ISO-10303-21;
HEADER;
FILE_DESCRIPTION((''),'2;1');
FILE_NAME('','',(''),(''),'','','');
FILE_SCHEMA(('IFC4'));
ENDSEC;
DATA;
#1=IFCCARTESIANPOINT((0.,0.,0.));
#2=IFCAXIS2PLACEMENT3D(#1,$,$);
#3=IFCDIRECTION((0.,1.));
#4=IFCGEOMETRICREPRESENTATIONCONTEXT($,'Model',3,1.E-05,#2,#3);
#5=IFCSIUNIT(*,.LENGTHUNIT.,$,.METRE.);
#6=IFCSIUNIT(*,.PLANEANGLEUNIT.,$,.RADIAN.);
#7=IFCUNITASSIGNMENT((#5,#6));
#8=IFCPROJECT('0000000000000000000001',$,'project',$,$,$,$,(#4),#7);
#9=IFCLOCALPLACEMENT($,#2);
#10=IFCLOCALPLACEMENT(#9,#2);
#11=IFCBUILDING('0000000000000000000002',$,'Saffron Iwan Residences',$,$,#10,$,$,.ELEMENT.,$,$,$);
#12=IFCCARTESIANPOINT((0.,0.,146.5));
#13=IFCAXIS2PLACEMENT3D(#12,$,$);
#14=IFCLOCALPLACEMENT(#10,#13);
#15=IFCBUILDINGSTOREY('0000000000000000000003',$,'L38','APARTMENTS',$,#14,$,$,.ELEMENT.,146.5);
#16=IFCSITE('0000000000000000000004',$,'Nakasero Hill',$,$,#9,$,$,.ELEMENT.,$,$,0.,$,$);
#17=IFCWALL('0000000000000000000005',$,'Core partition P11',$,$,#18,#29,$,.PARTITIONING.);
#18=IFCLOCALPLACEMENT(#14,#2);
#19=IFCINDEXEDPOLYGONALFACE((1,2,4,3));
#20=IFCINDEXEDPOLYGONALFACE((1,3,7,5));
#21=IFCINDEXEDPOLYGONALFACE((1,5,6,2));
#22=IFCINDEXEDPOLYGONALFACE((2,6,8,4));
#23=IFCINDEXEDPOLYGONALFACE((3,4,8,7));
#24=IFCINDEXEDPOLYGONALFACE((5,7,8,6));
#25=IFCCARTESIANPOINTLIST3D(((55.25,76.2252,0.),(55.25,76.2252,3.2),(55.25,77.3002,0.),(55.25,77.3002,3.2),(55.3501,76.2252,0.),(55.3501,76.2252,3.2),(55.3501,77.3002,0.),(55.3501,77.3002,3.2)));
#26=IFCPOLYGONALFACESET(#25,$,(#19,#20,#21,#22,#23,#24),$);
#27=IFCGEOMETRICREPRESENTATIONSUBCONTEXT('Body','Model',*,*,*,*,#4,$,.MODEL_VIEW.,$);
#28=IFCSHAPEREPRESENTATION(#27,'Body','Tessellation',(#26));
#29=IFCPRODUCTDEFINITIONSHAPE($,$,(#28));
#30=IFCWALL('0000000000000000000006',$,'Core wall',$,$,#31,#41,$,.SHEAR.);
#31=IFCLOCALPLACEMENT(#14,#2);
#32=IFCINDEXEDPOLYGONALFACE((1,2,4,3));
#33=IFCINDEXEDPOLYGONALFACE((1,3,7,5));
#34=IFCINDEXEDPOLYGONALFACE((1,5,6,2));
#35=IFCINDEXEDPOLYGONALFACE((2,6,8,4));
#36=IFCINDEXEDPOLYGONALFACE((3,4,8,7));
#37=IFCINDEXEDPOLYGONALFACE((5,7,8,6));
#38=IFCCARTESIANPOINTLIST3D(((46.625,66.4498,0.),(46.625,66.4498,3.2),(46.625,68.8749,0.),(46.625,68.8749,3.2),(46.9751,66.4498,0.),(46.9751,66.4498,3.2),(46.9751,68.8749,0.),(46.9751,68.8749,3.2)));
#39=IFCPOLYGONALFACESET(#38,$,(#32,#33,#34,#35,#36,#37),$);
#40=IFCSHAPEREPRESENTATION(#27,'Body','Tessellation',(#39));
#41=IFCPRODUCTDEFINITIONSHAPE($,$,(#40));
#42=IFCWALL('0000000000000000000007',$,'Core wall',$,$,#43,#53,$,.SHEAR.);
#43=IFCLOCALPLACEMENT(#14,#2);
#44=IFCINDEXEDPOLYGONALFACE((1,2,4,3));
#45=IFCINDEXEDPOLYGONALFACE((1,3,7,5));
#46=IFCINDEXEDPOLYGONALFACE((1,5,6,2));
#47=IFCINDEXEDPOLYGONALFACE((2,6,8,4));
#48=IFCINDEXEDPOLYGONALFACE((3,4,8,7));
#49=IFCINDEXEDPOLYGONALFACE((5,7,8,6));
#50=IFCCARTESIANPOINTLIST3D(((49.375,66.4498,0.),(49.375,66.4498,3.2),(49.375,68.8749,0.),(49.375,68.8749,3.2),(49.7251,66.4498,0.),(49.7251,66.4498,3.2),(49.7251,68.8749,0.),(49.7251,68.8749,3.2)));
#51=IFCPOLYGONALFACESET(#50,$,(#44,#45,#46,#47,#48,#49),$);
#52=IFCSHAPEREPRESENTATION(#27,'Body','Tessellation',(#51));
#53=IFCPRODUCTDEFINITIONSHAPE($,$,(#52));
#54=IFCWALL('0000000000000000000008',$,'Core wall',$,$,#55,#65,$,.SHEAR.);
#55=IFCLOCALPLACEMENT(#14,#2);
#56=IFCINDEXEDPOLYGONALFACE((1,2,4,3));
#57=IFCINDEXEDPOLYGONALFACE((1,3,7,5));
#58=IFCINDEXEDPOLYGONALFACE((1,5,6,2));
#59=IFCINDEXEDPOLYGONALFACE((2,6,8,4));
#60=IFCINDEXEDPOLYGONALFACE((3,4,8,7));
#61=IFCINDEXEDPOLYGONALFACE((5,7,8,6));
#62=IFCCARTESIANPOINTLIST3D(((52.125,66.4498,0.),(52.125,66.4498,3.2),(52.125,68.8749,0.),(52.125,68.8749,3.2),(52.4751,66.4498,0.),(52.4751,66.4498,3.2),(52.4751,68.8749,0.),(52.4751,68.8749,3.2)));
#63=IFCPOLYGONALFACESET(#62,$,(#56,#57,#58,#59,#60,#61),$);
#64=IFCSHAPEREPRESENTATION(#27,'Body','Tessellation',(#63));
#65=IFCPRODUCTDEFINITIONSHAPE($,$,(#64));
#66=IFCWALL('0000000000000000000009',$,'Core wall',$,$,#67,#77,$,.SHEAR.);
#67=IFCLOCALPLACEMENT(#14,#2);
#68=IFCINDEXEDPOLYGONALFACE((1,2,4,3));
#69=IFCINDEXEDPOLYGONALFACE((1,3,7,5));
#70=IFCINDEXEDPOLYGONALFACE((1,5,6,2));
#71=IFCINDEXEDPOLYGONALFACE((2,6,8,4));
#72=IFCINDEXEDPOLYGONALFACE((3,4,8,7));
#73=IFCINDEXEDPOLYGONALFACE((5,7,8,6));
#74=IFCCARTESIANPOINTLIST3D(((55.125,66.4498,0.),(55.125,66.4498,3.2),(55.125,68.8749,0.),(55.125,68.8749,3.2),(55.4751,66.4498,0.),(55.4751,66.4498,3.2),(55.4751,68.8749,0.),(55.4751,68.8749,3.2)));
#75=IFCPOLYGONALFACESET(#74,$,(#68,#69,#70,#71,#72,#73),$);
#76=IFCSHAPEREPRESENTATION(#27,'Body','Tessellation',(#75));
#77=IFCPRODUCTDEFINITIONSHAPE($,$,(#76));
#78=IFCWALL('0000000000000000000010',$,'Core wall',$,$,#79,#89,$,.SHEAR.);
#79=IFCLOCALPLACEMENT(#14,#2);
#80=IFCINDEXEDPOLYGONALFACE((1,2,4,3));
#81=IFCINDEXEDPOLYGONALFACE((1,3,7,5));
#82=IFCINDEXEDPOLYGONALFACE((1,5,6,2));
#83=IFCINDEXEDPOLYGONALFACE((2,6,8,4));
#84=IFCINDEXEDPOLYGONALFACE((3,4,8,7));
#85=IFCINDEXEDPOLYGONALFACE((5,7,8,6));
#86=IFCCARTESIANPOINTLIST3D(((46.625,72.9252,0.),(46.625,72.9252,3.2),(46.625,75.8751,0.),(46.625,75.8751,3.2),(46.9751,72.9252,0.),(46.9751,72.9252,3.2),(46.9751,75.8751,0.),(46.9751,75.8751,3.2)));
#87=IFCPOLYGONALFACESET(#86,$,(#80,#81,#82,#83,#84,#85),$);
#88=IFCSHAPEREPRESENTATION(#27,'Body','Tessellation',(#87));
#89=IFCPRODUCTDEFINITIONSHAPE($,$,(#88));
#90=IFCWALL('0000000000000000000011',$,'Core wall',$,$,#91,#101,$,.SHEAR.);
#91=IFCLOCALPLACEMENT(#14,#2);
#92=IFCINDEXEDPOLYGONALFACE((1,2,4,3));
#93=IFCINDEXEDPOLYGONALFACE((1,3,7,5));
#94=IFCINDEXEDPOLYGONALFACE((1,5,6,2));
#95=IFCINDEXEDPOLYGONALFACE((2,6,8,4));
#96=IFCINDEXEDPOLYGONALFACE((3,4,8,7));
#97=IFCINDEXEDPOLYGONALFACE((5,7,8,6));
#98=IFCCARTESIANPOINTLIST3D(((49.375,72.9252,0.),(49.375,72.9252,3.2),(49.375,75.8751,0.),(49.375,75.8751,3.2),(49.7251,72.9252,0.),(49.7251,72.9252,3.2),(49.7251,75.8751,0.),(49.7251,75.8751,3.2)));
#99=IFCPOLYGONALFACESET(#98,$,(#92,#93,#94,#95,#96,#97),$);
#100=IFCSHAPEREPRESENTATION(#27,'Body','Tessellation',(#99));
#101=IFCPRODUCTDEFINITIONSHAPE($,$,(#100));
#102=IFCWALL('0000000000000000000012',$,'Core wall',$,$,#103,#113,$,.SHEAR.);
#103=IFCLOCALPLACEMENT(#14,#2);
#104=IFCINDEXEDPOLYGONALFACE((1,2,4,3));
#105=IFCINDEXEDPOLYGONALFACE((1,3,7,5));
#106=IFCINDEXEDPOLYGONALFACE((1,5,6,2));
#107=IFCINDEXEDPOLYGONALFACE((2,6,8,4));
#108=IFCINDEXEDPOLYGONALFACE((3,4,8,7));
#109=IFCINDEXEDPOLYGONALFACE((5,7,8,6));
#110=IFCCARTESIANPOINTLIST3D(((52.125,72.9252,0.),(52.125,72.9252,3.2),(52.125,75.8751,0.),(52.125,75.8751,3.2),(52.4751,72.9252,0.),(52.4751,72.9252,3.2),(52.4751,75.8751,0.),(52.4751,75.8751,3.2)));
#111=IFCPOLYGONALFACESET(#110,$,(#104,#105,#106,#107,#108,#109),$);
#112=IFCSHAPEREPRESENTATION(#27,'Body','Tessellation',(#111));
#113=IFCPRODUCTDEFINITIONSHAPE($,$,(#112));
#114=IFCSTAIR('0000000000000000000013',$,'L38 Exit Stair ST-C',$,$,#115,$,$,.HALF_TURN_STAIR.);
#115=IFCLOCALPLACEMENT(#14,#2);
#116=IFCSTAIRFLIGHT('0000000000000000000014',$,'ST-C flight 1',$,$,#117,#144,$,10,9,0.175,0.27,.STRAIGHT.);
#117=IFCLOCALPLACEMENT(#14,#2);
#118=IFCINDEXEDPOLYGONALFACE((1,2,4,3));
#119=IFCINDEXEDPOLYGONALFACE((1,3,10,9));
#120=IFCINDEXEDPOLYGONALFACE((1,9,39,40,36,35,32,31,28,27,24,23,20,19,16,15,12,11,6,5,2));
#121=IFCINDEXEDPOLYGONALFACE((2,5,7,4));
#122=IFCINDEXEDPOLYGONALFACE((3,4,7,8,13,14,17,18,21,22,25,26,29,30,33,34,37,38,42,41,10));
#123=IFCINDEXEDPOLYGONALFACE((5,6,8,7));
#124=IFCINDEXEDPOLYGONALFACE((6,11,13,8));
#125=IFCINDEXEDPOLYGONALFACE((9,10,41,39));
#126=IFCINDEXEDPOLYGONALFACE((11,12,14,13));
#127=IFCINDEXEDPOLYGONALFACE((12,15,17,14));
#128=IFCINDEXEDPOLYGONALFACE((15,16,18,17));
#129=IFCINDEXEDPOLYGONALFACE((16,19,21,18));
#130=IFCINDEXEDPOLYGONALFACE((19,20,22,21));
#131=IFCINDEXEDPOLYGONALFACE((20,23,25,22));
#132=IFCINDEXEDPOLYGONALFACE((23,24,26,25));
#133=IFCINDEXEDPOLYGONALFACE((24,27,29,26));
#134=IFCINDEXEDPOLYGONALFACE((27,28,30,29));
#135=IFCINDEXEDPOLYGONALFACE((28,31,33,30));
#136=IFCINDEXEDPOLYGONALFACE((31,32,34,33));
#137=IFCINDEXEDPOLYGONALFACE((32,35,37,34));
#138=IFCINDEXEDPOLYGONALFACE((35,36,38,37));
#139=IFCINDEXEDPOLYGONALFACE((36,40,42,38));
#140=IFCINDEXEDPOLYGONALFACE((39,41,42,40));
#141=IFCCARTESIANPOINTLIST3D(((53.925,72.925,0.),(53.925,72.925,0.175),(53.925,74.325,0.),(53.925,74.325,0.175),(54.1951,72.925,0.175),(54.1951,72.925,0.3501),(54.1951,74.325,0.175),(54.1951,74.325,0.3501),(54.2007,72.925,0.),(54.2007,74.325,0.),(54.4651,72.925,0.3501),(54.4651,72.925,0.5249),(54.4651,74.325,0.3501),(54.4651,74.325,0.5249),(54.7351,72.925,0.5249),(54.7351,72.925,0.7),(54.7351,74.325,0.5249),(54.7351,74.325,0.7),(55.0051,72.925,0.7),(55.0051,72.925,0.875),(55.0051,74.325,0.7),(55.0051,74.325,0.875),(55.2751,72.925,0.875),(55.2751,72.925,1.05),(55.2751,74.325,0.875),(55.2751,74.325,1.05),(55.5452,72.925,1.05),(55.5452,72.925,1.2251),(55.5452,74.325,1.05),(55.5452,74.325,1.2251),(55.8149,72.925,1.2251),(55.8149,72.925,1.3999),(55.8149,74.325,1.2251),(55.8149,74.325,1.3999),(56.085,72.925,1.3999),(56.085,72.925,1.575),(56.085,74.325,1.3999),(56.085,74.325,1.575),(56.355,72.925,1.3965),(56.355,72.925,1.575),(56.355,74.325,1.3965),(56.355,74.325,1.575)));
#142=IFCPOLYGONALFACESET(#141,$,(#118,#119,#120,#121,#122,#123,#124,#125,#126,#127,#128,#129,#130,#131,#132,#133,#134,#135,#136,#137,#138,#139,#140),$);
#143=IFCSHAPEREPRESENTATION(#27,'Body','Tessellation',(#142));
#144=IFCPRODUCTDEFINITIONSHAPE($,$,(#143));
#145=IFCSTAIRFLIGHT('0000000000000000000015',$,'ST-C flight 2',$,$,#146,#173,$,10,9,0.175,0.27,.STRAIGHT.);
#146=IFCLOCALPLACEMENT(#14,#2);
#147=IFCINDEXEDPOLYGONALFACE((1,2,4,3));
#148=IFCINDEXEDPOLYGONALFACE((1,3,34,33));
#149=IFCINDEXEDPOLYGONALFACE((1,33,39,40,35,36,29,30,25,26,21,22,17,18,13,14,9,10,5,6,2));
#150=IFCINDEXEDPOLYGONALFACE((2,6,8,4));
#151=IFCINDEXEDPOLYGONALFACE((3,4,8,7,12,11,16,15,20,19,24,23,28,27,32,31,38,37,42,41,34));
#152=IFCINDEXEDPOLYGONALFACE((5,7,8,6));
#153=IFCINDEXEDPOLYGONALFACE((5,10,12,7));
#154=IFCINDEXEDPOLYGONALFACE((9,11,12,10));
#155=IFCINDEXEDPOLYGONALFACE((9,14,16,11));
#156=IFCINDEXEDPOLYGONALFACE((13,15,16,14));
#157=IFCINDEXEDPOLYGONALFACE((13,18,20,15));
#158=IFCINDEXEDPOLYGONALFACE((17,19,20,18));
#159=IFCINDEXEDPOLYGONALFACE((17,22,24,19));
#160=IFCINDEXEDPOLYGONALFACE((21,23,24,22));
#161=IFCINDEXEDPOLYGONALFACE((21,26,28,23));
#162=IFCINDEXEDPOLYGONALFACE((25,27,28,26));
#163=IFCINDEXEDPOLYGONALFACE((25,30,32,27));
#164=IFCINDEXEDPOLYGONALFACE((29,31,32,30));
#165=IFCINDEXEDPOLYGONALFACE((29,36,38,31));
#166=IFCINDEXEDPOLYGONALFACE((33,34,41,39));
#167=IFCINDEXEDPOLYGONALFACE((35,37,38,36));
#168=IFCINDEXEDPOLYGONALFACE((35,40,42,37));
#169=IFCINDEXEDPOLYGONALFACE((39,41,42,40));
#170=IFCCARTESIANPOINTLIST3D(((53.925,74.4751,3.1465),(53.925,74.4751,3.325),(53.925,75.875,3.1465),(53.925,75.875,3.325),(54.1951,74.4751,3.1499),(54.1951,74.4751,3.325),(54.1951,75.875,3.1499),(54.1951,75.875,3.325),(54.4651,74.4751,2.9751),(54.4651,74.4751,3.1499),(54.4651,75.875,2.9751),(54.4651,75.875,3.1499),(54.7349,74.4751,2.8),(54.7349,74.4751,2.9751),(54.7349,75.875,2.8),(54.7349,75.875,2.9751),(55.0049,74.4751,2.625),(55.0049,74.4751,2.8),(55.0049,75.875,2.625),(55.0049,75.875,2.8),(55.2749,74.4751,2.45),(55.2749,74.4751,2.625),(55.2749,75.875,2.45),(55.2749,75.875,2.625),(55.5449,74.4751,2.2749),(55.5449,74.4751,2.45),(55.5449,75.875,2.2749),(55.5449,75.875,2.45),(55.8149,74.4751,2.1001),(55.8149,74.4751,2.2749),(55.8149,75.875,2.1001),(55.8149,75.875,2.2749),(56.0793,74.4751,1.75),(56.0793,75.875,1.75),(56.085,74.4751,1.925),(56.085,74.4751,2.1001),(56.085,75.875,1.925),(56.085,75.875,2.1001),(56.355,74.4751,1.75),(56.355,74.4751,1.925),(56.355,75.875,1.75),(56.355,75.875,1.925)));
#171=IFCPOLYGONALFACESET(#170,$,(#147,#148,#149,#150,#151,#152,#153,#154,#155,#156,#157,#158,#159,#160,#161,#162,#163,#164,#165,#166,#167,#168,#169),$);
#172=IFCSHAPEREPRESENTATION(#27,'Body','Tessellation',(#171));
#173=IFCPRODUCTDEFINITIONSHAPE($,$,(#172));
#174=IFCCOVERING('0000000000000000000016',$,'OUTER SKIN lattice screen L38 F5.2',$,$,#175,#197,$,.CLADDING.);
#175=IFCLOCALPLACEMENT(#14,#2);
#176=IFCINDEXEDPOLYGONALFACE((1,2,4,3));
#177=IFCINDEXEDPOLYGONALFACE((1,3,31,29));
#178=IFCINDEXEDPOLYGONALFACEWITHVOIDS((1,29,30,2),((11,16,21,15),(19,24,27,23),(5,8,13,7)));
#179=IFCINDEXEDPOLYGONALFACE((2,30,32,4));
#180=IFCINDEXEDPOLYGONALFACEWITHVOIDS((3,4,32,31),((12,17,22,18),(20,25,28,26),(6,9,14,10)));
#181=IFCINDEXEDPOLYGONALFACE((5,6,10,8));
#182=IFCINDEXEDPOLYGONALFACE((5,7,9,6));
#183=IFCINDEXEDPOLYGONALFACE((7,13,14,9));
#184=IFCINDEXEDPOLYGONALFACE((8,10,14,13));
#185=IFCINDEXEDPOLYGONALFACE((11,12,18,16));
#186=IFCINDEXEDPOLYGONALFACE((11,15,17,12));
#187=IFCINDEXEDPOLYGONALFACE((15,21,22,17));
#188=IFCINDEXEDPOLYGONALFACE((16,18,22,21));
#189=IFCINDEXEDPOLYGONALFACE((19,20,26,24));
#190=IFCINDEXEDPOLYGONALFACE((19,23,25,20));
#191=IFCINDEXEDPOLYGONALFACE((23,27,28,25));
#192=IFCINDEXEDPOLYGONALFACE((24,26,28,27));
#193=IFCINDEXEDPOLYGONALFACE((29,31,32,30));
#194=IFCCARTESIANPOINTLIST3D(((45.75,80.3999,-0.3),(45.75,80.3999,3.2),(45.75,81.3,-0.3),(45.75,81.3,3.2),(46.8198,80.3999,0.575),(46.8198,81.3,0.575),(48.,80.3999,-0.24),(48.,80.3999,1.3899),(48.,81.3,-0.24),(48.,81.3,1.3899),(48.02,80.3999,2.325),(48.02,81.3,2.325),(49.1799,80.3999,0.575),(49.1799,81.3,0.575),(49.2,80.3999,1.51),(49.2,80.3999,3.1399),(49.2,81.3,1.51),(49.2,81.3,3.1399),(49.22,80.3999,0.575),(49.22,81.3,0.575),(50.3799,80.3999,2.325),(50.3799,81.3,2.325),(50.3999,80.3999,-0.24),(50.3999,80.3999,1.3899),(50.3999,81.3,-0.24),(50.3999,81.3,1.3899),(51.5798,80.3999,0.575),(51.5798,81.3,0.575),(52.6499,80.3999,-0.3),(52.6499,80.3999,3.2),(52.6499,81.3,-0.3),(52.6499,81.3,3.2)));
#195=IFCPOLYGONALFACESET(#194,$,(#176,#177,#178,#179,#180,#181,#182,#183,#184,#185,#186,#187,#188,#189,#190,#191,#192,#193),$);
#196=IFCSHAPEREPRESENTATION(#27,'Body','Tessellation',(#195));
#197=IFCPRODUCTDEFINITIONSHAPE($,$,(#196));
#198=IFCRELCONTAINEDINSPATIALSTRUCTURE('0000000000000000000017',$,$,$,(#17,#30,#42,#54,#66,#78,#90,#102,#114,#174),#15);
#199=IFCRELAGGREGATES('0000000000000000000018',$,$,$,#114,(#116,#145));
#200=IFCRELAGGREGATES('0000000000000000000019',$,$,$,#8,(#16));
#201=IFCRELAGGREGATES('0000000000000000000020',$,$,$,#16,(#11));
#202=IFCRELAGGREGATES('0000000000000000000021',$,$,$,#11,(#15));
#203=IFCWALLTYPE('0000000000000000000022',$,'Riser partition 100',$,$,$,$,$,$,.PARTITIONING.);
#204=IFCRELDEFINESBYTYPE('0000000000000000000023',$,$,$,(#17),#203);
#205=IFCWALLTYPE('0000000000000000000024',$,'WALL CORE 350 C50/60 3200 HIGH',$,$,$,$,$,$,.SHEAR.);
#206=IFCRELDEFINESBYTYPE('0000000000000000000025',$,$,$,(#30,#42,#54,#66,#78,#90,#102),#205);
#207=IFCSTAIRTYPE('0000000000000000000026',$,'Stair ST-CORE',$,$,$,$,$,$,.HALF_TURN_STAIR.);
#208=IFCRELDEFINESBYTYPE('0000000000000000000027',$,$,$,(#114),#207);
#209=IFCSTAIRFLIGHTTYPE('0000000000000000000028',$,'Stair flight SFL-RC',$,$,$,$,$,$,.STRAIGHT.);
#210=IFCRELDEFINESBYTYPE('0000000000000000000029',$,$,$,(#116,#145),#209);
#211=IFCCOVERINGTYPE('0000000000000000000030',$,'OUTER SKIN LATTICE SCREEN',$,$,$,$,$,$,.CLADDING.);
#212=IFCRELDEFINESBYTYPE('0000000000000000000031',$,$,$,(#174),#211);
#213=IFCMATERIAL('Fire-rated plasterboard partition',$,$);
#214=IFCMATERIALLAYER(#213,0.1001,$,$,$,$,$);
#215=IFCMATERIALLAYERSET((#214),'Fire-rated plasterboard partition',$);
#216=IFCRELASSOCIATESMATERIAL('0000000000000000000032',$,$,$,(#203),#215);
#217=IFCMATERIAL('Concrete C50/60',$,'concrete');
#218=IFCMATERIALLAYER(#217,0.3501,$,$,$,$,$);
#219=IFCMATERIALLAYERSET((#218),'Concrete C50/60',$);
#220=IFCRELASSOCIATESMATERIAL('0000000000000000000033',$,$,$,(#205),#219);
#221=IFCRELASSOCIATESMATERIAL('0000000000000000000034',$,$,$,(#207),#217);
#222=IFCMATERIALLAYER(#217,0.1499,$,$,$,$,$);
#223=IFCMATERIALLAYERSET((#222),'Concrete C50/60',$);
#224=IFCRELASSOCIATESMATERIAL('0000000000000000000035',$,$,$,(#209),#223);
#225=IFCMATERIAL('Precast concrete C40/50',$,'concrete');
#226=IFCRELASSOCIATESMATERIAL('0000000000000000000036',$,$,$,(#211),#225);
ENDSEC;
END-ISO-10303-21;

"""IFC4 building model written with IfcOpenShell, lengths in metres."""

from ifc_helpers import new_model, si_unit, direction, frame, frame_2d, origin, place, context, subcontext, project, spatial, polyline, rectangle, outline, extrude, material, layer, layer_set, type_object, element, aggregate, save


model = new_model("IFC4")

# Units and contexts
model_context = context("Model", 3, precision=1e-05, world=origin(), true_north=direction((0.0, 1.0)))
body_context = subcontext(model_context, "Body", "Model", "MODEL_VIEW")
ifc_project = project(units=[si_unit("LENGTHUNIT", "METRE"), si_unit("PLANEANGLEUNIT", "RADIAN")], contexts=[model_context])

# Site, building, storey
site_placement = place(None, origin())
site = spatial("IfcSite", under=ifc_project, at=site_placement, Name="Nakasero Hill", CompositionType="ELEMENT", RefElevation=0.0)
building_placement = place(site_placement, origin())
building = spatial("IfcBuilding", under=site, at=building_placement, Name="Saffron Iwan Residences", CompositionType="ELEMENT")
storey_placement = place(building_placement, frame((0.0, 0.0, 146.5)))
storey = spatial("IfcBuildingStorey", under=building, at=storey_placement, Name="L38", Description="APARTMENTS", CompositionType="ELEMENT", Elevation=146.5)

# Shared definitions
ifc_material_1 = material(Name="Concrete C50/60", Category="concrete")

# Shared definitions
ifc_material_2 = material(Name="Fire-rated plasterboard partition")

# Walls
ifc_layer_1 = layer(ifc_material_2, 0.1001)
ifc_layer_set_1 = layer_set([ifc_layer_1], Name="Fire-rated plasterboard partition")
wall_type_1 = type_object("IfcWallType", Name="Riser partition 100", PredefinedType="PARTITIONING", material=ifc_layer_set_1)
for number, where, z_axis, x_axis, name in (
    (1, (55.3, 76.2251, 0.0), (0.0, 0.0, 1.0), (0.0, 1.0, 0.0), "Core partition P11"),
):
    element("IfcWall", number, at=place(storey_placement, frame(where, z_axis=z_axis, x_axis=x_axis)), inside=storey, type_object=wall_type_1, Name=name, PredefinedType="PARTITIONING", context=body_context, shape_type="SweptSolid", body=[
        extrude(rectangle(XDim=1.075, YDim=0.1001, at=frame_2d((0.5376, 0.0))), origin(), (0.0, 0.0, 1.0), 3.2),
    ])
ifc_layer_2 = layer(ifc_material_1, 0.3501)
ifc_layer_set_2 = layer_set([ifc_layer_2], Name="Concrete C50/60")
wall_type_2 = type_object("IfcWallType", Name="WALL CORE 350 C50/60 3200 HIGH", PredefinedType="SHEAR", material=ifc_layer_set_2)
for number, where, z_axis, x_axis, name in (
    (2, (46.8, 66.45, 0.0), (0.0, 0.0, 1.0), (0.0, 1.0, 0.0), "Core wall"),
    (3, (49.55, 66.45, 0.0), (0.0, 0.0, 1.0), (0.0, 1.0, 0.0), "Core wall"),
    (4, (52.3, 66.45, 0.0), (0.0, 0.0, 1.0), (0.0, 1.0, 0.0), "Core wall"),
    (5, (55.3, 66.45, 0.0), (0.0, 0.0, 1.0), (0.0, 1.0, 0.0), "Core wall"),
):
    element("IfcWall", number, at=place(storey_placement, frame(where, z_axis=z_axis, x_axis=x_axis)), inside=storey, type_object=wall_type_2, Name=name, PredefinedType="SHEAR", context=body_context, shape_type="SweptSolid", body=[
        extrude(rectangle(XDim=2.425, YDim=0.3501, at=frame_2d((1.2124, 0.0))), origin(), (0.0, 0.0, 1.0), 3.2),
    ])
for number, where, z_axis, x_axis, name in (
    (6, (46.8, 72.925, 0.0), (0.0, 0.0, 1.0), (0.0, 1.0, 0.0), "Core wall"),
    (7, (49.55, 72.925, 0.0), (0.0, 0.0, 1.0), (0.0, 1.0, 0.0), "Core wall"),
    (8, (52.3, 72.925, 0.0), (0.0, 0.0, 1.0), (0.0, 1.0, 0.0), "Core wall"),
):
    element("IfcWall", number, at=place(storey_placement, frame(where, z_axis=z_axis, x_axis=x_axis)), inside=storey, type_object=wall_type_2, Name=name, PredefinedType="SHEAR", context=body_context, shape_type="SweptSolid", body=[
        extrude(rectangle(XDim=2.95, YDim=0.3501, at=frame_2d((1.4751, 0.0))), origin(), (0.0, 0.0, 1.0), 3.2),
    ])

# Stair, stair flights
stair_type = type_object("IfcStairType", Name="Stair ST-CORE", PredefinedType="HALF_TURN_STAIR", material=ifc_material_1)
stair_placement = place(storey_placement, origin())
stair = element("IfcStair", 9, at=stair_placement, inside=storey, type_object=stair_type, Name="L38 Exit Stair ST-C", PredefinedType="HALF_TURN_STAIR")
ifc_layer_3 = layer(ifc_material_1, 0.1499)
ifc_layer_set_3 = layer_set([ifc_layer_3], Name="Concrete C50/60")
stair_flight_type = type_object("IfcStairFlightType", Name="Stair flight SFL-RC", PredefinedType="STRAIGHT", material=ifc_layer_set_3)
stair_flight_1_placement = place(storey_placement, frame((53.925, 73.625, 0.0), z_axis=(0.0, 0.0, 1.0), x_axis=(1.0, 0.0, 0.0)))
stair_flight_1 = element("IfcStairFlight", 10, at=stair_flight_1_placement, type_object=stair_flight_type, Name="ST-C flight 1", NumberOfRisers=10, NumberOfTreads=9, PredefinedType="STRAIGHT", RiserHeight=0.175, TreadLength=0.27, context=body_context, shape_type="SweptSolid", body=[
    extrude(outline(polyline([(0.0, 0.0), (0.0, 0.175), (0.27, 0.175), (0.27, 0.3501), (0.54, 0.3501), (0.54, 0.5249), (0.8101, 0.5249), (0.8101, 0.7), (1.0801, 0.7), (1.0801, 0.875), (1.3501, 0.875), (1.3501, 1.05), (1.6201, 1.05), (1.6201, 1.2251), (1.8899, 1.2251), (1.8899, 1.3999), (2.1599, 1.3999), (2.1599, 1.575), (2.4299, 1.575), (2.4299, 1.75), (2.4299, 1.3965), (0.2756, 0.0), (0.0, 0.0)])), frame((0.0, 0.7, 0.0), z_axis=(0.0, -1.0, 0.0), x_axis=(1.0, 0.0, 0.0)), (0.0, 0.0, 1.0), 1.3999),
])
stair_flight_2_placement = place(storey_placement, frame((56.355, 75.175, 1.75), z_axis=(0.0, 0.0, 1.0), x_axis=(-1.0, 0.0, 0.0)))
stair_flight_2 = element("IfcStairFlight", 11, at=stair_flight_2_placement, type_object=stair_flight_type, Name="ST-C flight 2", NumberOfRisers=10, NumberOfTreads=9, PredefinedType="STRAIGHT", RiserHeight=0.175, TreadLength=0.27, context=body_context, shape_type="SweptSolid", body=[
    extrude(outline(polyline([(0.0, 0.0), (0.0, 0.175), (0.27, 0.175), (0.27, 0.3501), (0.54, 0.3501), (0.54, 0.5249), (0.8101, 0.5249), (0.8101, 0.7), (1.0801, 0.7), (1.0801, 0.875), (1.3501, 0.875), (1.3501, 1.05), (1.6201, 1.05), (1.6201, 1.2251), (1.8899, 1.2251), (1.8899, 1.3999), (2.1599, 1.3999), (2.1599, 1.575), (2.4299, 1.575), (2.4299, 1.75), (2.4299, 1.3965), (0.2756, 0.0), (0.0, 0.0)])), frame((0.0, 0.7, 0.0), z_axis=(0.0, -1.0, 0.0), x_axis=(1.0, 0.0, 0.0)), (0.0, 0.0, 1.0), 1.3999),
])
aggregate(stair, [stair_flight_1, stair_flight_2])

# Covering
ifc_material_3 = material(Name="Precast concrete C40/50", Category="concrete")
covering_type_1 = type_object("IfcCoveringType", Name="OUTER SKIN LATTICE SCREEN", PredefinedType="CLADDING", material=ifc_material_3)
covering_1_placement = place(storey_placement, frame((52.6499, 80.3999, -0.3), z_axis=(0.0, 1.0, 0.0), x_axis=(-1.0, 0.0, 0.0)))
element("IfcCovering", 12, at=covering_1_placement, inside=storey, type_object=covering_type_1, Name="OUTER SKIN lattice screen L38 F5.2", PredefinedType="CLADDING", context=body_context, shape_type="SweptSolid", body=[
    extrude(outline(polyline([(0.0, 0.0), (6.8999, 0.0), (6.8999, 3.5), (0.0, 3.5), (0.0, 0.0)]), holes=[polyline([(1.0701, 0.875), (2.25, 0.0601), (3.4299, 0.875), (2.25, 1.6899), (1.0701, 0.875)]), polyline([(3.47, 0.875), (4.6499, 0.0601), (5.8301, 0.875), (4.6499, 1.6899), (3.47, 0.875)]), polyline([(2.27, 2.625), (3.45, 1.8101), (4.6299, 2.625), (3.45, 3.4399), (2.27, 2.625)])]), origin(), (0.0, 0.0, 1.0), 0.9001),
])

save(model, "model.ifc")
